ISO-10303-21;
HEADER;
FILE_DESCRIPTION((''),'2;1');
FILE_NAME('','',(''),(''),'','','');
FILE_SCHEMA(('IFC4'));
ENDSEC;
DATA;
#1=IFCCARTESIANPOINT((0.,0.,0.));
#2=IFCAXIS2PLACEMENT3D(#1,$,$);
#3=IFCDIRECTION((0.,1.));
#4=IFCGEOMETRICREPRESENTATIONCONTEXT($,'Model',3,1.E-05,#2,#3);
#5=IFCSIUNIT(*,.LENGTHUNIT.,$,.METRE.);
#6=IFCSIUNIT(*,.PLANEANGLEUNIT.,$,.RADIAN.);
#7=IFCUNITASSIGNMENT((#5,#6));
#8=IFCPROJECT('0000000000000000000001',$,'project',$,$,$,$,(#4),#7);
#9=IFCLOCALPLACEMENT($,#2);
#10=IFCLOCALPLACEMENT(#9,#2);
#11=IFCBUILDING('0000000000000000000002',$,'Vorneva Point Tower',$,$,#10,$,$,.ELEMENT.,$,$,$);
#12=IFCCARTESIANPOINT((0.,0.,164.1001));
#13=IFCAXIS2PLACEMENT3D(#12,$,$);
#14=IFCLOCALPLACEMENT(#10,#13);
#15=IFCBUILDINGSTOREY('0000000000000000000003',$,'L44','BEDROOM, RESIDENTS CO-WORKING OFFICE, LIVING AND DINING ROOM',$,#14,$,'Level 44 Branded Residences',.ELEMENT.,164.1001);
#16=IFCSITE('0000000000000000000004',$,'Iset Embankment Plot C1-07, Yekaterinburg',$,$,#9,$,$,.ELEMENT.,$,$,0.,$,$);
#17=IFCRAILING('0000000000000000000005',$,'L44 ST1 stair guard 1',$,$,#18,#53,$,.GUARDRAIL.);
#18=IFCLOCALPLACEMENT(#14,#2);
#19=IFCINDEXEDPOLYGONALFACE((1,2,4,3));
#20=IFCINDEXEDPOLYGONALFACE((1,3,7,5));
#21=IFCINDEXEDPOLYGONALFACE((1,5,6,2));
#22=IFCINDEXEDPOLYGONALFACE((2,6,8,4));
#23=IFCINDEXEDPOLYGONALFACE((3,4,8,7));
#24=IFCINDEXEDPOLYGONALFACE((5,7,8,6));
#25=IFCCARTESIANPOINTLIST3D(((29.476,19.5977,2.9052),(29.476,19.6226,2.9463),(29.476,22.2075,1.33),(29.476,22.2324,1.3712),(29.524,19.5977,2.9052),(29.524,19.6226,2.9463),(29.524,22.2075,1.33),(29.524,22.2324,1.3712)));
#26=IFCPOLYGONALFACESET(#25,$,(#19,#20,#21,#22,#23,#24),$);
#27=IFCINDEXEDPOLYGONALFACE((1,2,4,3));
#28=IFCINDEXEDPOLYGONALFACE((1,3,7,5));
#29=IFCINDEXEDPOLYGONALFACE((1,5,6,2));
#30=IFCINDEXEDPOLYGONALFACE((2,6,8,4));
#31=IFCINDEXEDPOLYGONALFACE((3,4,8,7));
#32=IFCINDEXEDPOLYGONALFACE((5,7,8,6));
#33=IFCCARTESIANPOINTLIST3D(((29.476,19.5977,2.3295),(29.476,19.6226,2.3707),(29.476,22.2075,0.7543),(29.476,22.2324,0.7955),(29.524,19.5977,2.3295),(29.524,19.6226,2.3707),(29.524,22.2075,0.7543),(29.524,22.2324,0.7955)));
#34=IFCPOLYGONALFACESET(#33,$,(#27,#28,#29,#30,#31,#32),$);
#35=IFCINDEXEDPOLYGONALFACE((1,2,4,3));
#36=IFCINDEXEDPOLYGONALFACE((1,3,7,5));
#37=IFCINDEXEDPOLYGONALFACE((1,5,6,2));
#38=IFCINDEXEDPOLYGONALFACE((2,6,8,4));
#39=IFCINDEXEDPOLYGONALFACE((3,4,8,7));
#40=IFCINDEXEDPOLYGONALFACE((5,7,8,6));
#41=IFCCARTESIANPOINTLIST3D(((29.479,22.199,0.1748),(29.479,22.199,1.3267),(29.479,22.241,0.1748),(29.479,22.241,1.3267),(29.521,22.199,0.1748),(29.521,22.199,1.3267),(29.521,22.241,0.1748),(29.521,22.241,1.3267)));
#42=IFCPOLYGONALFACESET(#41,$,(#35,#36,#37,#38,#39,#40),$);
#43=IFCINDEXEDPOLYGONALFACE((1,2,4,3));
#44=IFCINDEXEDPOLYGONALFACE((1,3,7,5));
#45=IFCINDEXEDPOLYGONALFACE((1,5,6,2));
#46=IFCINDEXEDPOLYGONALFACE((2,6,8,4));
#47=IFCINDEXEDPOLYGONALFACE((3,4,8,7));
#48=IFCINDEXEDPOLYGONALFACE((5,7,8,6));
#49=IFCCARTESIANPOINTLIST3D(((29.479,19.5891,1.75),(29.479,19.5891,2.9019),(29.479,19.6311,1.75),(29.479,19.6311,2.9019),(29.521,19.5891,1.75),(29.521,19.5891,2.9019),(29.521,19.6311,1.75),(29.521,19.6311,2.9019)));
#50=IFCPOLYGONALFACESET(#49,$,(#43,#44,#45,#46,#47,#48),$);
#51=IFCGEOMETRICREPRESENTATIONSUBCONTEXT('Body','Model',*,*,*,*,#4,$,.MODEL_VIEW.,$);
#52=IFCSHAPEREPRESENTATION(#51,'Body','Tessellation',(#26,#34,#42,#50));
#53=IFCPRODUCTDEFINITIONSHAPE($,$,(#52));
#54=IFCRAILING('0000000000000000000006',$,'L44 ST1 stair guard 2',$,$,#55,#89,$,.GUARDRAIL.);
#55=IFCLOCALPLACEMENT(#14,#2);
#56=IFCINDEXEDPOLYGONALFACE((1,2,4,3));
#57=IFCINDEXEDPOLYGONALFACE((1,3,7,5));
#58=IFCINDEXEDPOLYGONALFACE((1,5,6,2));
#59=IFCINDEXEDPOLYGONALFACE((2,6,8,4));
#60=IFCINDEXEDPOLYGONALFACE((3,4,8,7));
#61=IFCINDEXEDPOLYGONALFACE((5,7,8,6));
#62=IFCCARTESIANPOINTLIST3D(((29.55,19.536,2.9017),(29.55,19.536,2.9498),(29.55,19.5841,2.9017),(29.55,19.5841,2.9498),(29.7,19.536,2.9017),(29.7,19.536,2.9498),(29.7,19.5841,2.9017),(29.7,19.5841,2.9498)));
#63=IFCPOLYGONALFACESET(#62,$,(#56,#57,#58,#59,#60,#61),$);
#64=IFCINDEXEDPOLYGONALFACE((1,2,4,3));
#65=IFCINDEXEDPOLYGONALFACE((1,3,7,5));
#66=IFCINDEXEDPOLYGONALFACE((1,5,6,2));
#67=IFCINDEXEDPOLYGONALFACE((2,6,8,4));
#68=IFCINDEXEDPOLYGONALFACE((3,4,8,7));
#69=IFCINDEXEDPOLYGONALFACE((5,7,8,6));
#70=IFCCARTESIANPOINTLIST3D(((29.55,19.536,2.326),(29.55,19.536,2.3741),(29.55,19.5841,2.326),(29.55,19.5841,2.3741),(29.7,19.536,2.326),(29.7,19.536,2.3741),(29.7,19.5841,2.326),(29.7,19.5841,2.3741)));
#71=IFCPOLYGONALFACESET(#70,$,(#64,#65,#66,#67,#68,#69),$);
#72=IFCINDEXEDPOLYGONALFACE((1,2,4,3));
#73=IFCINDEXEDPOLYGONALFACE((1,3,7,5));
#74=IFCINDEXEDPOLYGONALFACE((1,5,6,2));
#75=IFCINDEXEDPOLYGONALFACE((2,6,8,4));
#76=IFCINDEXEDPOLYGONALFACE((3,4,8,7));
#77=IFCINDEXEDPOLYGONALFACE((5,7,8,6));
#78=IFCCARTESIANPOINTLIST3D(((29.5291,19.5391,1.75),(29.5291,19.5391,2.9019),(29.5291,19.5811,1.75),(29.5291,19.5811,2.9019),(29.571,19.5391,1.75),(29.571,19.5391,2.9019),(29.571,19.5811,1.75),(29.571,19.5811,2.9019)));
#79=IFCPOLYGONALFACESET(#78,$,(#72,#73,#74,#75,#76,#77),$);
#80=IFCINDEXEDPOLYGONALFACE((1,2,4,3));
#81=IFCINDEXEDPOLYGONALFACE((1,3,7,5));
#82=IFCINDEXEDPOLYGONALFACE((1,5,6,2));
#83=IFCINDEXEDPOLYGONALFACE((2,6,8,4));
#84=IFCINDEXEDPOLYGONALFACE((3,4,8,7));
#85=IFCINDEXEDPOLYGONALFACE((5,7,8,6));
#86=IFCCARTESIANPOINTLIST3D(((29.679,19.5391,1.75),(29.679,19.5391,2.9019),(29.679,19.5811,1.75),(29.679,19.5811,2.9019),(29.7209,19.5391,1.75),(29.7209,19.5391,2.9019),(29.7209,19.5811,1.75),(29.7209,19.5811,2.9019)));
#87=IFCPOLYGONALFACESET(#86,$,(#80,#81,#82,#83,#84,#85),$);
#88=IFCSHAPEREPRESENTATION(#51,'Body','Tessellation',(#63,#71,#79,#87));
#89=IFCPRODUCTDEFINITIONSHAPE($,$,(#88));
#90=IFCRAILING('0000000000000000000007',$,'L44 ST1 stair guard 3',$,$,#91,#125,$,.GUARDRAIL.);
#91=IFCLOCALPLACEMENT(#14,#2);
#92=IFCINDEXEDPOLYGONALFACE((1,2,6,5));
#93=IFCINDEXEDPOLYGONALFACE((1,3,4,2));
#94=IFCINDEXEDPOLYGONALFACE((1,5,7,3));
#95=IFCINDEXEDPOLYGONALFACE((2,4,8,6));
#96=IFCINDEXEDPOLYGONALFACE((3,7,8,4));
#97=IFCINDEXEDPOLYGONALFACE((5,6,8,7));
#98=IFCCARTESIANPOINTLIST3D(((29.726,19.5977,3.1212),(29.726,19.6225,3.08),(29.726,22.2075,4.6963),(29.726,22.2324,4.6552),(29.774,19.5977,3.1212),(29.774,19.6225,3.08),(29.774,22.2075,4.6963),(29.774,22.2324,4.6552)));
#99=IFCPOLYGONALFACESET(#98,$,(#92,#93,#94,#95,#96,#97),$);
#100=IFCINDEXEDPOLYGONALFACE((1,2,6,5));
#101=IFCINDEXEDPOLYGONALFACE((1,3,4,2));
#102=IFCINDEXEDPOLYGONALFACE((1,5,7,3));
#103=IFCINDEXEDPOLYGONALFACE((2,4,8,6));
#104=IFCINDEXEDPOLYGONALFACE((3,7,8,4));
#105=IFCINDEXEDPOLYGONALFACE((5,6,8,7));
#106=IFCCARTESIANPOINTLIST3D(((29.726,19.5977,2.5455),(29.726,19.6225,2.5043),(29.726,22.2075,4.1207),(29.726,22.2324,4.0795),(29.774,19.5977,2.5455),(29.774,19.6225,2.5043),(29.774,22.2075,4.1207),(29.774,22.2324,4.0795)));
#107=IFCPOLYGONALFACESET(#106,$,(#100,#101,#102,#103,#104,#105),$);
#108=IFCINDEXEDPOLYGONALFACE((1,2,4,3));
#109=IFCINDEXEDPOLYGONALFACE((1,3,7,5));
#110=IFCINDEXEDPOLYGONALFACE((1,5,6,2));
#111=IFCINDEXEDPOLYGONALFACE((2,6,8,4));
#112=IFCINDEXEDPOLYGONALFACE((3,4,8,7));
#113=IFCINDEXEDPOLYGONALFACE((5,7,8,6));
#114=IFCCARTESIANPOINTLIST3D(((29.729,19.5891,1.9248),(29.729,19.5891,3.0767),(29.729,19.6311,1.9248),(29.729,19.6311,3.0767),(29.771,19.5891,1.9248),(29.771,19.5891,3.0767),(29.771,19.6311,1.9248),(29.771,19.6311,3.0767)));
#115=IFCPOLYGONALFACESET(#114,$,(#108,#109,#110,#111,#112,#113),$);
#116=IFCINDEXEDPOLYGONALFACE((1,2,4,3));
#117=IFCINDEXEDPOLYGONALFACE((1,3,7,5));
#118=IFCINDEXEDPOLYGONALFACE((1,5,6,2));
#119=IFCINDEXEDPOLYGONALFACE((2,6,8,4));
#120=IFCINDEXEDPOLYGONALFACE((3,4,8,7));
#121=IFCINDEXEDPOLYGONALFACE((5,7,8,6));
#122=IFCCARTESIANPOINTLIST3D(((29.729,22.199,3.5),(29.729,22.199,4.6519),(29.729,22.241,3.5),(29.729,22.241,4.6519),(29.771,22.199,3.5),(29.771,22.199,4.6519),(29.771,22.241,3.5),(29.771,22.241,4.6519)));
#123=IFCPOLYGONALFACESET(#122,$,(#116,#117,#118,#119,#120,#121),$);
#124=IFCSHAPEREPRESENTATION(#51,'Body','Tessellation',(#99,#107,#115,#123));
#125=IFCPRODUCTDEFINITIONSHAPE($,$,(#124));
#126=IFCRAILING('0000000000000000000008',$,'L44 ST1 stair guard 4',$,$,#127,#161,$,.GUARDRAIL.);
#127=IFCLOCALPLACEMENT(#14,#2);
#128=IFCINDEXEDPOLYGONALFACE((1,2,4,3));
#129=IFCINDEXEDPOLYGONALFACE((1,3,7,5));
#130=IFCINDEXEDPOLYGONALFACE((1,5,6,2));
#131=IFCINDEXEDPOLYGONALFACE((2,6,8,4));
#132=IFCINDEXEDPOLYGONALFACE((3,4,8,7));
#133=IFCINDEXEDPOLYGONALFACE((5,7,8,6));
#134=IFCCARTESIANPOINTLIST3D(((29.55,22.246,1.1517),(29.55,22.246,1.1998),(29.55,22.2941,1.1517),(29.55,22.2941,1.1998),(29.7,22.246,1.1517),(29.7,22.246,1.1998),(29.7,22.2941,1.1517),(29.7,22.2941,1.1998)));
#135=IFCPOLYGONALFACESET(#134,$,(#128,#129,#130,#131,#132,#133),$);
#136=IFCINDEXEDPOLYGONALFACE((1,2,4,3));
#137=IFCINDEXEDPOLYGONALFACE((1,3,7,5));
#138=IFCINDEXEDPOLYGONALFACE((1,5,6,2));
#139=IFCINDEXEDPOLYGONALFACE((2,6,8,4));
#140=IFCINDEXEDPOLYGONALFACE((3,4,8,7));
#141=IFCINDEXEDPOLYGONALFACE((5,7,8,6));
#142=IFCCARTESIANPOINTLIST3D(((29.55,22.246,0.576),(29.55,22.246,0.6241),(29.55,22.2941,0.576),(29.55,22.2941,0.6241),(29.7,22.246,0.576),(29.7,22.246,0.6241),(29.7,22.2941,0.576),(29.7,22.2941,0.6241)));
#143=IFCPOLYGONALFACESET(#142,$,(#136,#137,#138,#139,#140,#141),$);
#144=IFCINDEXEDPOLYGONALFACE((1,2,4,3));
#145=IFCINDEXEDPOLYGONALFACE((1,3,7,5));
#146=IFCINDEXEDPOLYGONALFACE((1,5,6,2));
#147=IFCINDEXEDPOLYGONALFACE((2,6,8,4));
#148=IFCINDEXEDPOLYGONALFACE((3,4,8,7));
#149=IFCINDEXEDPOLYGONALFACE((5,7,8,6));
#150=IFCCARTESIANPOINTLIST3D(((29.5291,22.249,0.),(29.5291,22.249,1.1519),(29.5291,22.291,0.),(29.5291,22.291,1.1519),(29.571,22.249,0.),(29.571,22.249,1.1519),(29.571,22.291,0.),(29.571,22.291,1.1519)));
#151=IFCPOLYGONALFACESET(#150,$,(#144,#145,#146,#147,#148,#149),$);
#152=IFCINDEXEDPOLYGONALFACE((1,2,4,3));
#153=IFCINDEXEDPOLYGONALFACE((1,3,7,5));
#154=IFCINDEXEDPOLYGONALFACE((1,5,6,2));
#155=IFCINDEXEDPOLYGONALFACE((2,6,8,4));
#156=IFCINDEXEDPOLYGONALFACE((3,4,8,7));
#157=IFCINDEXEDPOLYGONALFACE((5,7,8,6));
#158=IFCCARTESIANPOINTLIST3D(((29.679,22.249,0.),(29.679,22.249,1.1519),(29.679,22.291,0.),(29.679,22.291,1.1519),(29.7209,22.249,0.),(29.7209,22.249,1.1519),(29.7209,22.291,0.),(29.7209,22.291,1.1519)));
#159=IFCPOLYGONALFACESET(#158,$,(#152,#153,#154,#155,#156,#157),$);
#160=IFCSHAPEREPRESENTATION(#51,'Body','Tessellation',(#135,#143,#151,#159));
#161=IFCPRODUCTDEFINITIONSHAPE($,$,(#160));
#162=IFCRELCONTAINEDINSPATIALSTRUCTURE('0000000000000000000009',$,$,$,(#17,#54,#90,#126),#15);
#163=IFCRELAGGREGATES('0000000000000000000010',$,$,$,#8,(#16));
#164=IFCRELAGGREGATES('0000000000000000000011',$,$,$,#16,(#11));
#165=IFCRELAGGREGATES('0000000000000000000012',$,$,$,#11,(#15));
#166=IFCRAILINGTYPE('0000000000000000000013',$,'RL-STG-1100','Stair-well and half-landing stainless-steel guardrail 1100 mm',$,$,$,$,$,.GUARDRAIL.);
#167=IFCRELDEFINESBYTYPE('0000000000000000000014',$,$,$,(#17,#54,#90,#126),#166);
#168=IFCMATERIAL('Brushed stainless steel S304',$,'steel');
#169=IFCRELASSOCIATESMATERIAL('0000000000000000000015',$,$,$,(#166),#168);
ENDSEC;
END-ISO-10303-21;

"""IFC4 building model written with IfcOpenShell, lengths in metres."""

from ifc_helpers import new_model, si_unit, direction, frame, origin, origin_2d, place, context, subcontext, project, spatial, rectangle, extrude, material, type_object, element, save


model = new_model("IFC4")

# Units and contexts
model_context = context("Model", 3, precision=1e-05, world=origin(), true_north=direction((0.0, 1.0)))
body_context = subcontext(model_context, "Body", "Model", "MODEL_VIEW")
ifc_project = project(units=[si_unit("LENGTHUNIT", "METRE"), si_unit("PLANEANGLEUNIT", "RADIAN")], contexts=[model_context])

# Site, building, storey
site_placement = place(None, origin())
site = spatial("IfcSite", under=ifc_project, at=site_placement, Name="Iset Embankment Plot C1-07, Yekaterinburg", CompositionType="ELEMENT", RefElevation=0.0)
building_placement = place(site_placement, origin())
building = spatial("IfcBuilding", under=site, at=building_placement, Name="Vorneva Point Tower", CompositionType="ELEMENT")
storey_placement = place(building_placement, frame((0.0, 0.0, 164.1001)))
storey = spatial("IfcBuildingStorey", under=building, at=storey_placement, Name="L44", Description="BEDROOM, RESIDENTS CO-WORKING OFFICE, LIVING AND DINING ROOM", LongName="Level 44 Branded Residences", CompositionType="ELEMENT", Elevation=164.1001)

# Shared definitions
ifc_material_1 = material(Name="Brushed stainless steel S304", Category="steel")

# Railings
railing_type_1 = type_object("IfcRailingType", Name="RL-STG-1100", Description="Stair-well and half-landing stainless-steel guardrail 1100 mm", PredefinedType="GUARDRAIL", material=ifc_material_1)
railing_1_placement = place(storey_placement, frame((29.5, 22.22, 0.1748)))
element("IfcRailing", 1, at=railing_1_placement, inside=storey, type_object=railing_type_1, Name="L44 ST1 stair guard 1", PredefinedType="GUARDRAIL", context=body_context, shape_type="SweptSolid", body=[
    extrude(rectangle(XDim=0.0481, YDim=0.0481, at=origin_2d()), frame((0.0, 0.0, 1.1758), z_axis=(0.0, -0.856147, 0.516732), x_axis=(1.0, 0.0, 0.0)), (0.0, 0.0, 1.0), 3.0483),
    extrude(rectangle(XDim=0.0481, YDim=0.0481, at=origin_2d()), frame((0.0, 0.0, 0.6001), z_axis=(0.0, -0.856147, 0.516732), x_axis=(1.0, 0.0, 0.0)), (0.0, 0.0, 1.0), 3.0483),
    extrude(rectangle(XDim=0.042, YDim=0.042, at=origin_2d()), origin(), (0.0, 0.0, 1.0), 1.1519),
    extrude(rectangle(XDim=0.042, YDim=0.042, at=origin_2d()), frame((0.0, -2.6099, 1.5752)), (0.0, 0.0, 1.0), 1.1519),
])
railing_2_placement = place(storey_placement, frame((29.55, 19.5601, 1.75)))
element("IfcRailing", 2, at=railing_2_placement, inside=storey, type_object=railing_type_1, Name="L44 ST1 stair guard 2", PredefinedType="GUARDRAIL", context=body_context, shape_type="SweptSolid", body=[
    extrude(rectangle(XDim=0.0481, YDim=0.0481, at=origin_2d()), frame((0.0, 0.0, 1.1758), z_axis=(1.0, 0.0, 0.0), x_axis=(0.0, 1.0, 0.0)), (0.0, 0.0, 1.0), 0.1499),
    extrude(rectangle(XDim=0.0481, YDim=0.0481, at=origin_2d()), frame((0.0, 0.0, 0.6001), z_axis=(1.0, 0.0, 0.0), x_axis=(0.0, 1.0, 0.0)), (0.0, 0.0, 1.0), 0.1499),
    extrude(rectangle(XDim=0.042, YDim=0.042, at=origin_2d()), origin(), (0.0, 0.0, 1.0), 1.1519),
    extrude(rectangle(XDim=0.042, YDim=0.042, at=origin_2d()), frame((0.1499, 0.0, 0.0)), (0.0, 0.0, 1.0), 1.1519),
])
railing_3_placement = place(storey_placement, frame((29.75, 19.6101, 1.9248)))
element("IfcRailing", 3, at=railing_3_placement, inside=storey, type_object=railing_type_1, Name="L44 ST1 stair guard 3", PredefinedType="GUARDRAIL", context=body_context, shape_type="SweptSolid", body=[
    extrude(rectangle(XDim=0.0481, YDim=0.0481, at=origin_2d()), frame((0.0, 0.0, 1.1758), z_axis=(0.0, 0.856147, 0.516732), x_axis=(-1.0, 0.0, 0.0)), (0.0, 0.0, 1.0), 3.0483),
    extrude(rectangle(XDim=0.0481, YDim=0.0481, at=origin_2d()), frame((0.0, 0.0, 0.6001), z_axis=(0.0, 0.856147, 0.516732), x_axis=(-1.0, 0.0, 0.0)), (0.0, 0.0, 1.0), 3.0483),
    extrude(rectangle(XDim=0.042, YDim=0.042, at=origin_2d()), origin(), (0.0, 0.0, 1.0), 1.1519),
    extrude(rectangle(XDim=0.042, YDim=0.042, at=origin_2d()), frame((0.0, 2.6099, 1.5752)), (0.0, 0.0, 1.0), 1.1519),
])
railing_4_placement = place(storey_placement, frame((29.55, 22.27, 0.0)))
element("IfcRailing", 4, at=railing_4_placement, inside=storey, type_object=railing_type_1, Name="L44 ST1 stair guard 4", PredefinedType="GUARDRAIL", context=body_context, shape_type="SweptSolid", body=[
    extrude(rectangle(XDim=0.0481, YDim=0.0481, at=origin_2d()), frame((0.0, 0.0, 1.1758), z_axis=(1.0, 0.0, 0.0), x_axis=(0.0, 1.0, 0.0)), (0.0, 0.0, 1.0), 0.1499),
    extrude(rectangle(XDim=0.0481, YDim=0.0481, at=origin_2d()), frame((0.0, 0.0, 0.6001), z_axis=(1.0, 0.0, 0.0), x_axis=(0.0, 1.0, 0.0)), (0.0, 0.0, 1.0), 0.1499),
    extrude(rectangle(XDim=0.042, YDim=0.042, at=origin_2d()), origin(), (0.0, 0.0, 1.0), 1.1519),
    extrude(rectangle(XDim=0.042, YDim=0.042, at=origin_2d()), frame((0.1499, 0.0, 0.0)), (0.0, 0.0, 1.0), 1.1519),
])

save(model, "model.ifc")
